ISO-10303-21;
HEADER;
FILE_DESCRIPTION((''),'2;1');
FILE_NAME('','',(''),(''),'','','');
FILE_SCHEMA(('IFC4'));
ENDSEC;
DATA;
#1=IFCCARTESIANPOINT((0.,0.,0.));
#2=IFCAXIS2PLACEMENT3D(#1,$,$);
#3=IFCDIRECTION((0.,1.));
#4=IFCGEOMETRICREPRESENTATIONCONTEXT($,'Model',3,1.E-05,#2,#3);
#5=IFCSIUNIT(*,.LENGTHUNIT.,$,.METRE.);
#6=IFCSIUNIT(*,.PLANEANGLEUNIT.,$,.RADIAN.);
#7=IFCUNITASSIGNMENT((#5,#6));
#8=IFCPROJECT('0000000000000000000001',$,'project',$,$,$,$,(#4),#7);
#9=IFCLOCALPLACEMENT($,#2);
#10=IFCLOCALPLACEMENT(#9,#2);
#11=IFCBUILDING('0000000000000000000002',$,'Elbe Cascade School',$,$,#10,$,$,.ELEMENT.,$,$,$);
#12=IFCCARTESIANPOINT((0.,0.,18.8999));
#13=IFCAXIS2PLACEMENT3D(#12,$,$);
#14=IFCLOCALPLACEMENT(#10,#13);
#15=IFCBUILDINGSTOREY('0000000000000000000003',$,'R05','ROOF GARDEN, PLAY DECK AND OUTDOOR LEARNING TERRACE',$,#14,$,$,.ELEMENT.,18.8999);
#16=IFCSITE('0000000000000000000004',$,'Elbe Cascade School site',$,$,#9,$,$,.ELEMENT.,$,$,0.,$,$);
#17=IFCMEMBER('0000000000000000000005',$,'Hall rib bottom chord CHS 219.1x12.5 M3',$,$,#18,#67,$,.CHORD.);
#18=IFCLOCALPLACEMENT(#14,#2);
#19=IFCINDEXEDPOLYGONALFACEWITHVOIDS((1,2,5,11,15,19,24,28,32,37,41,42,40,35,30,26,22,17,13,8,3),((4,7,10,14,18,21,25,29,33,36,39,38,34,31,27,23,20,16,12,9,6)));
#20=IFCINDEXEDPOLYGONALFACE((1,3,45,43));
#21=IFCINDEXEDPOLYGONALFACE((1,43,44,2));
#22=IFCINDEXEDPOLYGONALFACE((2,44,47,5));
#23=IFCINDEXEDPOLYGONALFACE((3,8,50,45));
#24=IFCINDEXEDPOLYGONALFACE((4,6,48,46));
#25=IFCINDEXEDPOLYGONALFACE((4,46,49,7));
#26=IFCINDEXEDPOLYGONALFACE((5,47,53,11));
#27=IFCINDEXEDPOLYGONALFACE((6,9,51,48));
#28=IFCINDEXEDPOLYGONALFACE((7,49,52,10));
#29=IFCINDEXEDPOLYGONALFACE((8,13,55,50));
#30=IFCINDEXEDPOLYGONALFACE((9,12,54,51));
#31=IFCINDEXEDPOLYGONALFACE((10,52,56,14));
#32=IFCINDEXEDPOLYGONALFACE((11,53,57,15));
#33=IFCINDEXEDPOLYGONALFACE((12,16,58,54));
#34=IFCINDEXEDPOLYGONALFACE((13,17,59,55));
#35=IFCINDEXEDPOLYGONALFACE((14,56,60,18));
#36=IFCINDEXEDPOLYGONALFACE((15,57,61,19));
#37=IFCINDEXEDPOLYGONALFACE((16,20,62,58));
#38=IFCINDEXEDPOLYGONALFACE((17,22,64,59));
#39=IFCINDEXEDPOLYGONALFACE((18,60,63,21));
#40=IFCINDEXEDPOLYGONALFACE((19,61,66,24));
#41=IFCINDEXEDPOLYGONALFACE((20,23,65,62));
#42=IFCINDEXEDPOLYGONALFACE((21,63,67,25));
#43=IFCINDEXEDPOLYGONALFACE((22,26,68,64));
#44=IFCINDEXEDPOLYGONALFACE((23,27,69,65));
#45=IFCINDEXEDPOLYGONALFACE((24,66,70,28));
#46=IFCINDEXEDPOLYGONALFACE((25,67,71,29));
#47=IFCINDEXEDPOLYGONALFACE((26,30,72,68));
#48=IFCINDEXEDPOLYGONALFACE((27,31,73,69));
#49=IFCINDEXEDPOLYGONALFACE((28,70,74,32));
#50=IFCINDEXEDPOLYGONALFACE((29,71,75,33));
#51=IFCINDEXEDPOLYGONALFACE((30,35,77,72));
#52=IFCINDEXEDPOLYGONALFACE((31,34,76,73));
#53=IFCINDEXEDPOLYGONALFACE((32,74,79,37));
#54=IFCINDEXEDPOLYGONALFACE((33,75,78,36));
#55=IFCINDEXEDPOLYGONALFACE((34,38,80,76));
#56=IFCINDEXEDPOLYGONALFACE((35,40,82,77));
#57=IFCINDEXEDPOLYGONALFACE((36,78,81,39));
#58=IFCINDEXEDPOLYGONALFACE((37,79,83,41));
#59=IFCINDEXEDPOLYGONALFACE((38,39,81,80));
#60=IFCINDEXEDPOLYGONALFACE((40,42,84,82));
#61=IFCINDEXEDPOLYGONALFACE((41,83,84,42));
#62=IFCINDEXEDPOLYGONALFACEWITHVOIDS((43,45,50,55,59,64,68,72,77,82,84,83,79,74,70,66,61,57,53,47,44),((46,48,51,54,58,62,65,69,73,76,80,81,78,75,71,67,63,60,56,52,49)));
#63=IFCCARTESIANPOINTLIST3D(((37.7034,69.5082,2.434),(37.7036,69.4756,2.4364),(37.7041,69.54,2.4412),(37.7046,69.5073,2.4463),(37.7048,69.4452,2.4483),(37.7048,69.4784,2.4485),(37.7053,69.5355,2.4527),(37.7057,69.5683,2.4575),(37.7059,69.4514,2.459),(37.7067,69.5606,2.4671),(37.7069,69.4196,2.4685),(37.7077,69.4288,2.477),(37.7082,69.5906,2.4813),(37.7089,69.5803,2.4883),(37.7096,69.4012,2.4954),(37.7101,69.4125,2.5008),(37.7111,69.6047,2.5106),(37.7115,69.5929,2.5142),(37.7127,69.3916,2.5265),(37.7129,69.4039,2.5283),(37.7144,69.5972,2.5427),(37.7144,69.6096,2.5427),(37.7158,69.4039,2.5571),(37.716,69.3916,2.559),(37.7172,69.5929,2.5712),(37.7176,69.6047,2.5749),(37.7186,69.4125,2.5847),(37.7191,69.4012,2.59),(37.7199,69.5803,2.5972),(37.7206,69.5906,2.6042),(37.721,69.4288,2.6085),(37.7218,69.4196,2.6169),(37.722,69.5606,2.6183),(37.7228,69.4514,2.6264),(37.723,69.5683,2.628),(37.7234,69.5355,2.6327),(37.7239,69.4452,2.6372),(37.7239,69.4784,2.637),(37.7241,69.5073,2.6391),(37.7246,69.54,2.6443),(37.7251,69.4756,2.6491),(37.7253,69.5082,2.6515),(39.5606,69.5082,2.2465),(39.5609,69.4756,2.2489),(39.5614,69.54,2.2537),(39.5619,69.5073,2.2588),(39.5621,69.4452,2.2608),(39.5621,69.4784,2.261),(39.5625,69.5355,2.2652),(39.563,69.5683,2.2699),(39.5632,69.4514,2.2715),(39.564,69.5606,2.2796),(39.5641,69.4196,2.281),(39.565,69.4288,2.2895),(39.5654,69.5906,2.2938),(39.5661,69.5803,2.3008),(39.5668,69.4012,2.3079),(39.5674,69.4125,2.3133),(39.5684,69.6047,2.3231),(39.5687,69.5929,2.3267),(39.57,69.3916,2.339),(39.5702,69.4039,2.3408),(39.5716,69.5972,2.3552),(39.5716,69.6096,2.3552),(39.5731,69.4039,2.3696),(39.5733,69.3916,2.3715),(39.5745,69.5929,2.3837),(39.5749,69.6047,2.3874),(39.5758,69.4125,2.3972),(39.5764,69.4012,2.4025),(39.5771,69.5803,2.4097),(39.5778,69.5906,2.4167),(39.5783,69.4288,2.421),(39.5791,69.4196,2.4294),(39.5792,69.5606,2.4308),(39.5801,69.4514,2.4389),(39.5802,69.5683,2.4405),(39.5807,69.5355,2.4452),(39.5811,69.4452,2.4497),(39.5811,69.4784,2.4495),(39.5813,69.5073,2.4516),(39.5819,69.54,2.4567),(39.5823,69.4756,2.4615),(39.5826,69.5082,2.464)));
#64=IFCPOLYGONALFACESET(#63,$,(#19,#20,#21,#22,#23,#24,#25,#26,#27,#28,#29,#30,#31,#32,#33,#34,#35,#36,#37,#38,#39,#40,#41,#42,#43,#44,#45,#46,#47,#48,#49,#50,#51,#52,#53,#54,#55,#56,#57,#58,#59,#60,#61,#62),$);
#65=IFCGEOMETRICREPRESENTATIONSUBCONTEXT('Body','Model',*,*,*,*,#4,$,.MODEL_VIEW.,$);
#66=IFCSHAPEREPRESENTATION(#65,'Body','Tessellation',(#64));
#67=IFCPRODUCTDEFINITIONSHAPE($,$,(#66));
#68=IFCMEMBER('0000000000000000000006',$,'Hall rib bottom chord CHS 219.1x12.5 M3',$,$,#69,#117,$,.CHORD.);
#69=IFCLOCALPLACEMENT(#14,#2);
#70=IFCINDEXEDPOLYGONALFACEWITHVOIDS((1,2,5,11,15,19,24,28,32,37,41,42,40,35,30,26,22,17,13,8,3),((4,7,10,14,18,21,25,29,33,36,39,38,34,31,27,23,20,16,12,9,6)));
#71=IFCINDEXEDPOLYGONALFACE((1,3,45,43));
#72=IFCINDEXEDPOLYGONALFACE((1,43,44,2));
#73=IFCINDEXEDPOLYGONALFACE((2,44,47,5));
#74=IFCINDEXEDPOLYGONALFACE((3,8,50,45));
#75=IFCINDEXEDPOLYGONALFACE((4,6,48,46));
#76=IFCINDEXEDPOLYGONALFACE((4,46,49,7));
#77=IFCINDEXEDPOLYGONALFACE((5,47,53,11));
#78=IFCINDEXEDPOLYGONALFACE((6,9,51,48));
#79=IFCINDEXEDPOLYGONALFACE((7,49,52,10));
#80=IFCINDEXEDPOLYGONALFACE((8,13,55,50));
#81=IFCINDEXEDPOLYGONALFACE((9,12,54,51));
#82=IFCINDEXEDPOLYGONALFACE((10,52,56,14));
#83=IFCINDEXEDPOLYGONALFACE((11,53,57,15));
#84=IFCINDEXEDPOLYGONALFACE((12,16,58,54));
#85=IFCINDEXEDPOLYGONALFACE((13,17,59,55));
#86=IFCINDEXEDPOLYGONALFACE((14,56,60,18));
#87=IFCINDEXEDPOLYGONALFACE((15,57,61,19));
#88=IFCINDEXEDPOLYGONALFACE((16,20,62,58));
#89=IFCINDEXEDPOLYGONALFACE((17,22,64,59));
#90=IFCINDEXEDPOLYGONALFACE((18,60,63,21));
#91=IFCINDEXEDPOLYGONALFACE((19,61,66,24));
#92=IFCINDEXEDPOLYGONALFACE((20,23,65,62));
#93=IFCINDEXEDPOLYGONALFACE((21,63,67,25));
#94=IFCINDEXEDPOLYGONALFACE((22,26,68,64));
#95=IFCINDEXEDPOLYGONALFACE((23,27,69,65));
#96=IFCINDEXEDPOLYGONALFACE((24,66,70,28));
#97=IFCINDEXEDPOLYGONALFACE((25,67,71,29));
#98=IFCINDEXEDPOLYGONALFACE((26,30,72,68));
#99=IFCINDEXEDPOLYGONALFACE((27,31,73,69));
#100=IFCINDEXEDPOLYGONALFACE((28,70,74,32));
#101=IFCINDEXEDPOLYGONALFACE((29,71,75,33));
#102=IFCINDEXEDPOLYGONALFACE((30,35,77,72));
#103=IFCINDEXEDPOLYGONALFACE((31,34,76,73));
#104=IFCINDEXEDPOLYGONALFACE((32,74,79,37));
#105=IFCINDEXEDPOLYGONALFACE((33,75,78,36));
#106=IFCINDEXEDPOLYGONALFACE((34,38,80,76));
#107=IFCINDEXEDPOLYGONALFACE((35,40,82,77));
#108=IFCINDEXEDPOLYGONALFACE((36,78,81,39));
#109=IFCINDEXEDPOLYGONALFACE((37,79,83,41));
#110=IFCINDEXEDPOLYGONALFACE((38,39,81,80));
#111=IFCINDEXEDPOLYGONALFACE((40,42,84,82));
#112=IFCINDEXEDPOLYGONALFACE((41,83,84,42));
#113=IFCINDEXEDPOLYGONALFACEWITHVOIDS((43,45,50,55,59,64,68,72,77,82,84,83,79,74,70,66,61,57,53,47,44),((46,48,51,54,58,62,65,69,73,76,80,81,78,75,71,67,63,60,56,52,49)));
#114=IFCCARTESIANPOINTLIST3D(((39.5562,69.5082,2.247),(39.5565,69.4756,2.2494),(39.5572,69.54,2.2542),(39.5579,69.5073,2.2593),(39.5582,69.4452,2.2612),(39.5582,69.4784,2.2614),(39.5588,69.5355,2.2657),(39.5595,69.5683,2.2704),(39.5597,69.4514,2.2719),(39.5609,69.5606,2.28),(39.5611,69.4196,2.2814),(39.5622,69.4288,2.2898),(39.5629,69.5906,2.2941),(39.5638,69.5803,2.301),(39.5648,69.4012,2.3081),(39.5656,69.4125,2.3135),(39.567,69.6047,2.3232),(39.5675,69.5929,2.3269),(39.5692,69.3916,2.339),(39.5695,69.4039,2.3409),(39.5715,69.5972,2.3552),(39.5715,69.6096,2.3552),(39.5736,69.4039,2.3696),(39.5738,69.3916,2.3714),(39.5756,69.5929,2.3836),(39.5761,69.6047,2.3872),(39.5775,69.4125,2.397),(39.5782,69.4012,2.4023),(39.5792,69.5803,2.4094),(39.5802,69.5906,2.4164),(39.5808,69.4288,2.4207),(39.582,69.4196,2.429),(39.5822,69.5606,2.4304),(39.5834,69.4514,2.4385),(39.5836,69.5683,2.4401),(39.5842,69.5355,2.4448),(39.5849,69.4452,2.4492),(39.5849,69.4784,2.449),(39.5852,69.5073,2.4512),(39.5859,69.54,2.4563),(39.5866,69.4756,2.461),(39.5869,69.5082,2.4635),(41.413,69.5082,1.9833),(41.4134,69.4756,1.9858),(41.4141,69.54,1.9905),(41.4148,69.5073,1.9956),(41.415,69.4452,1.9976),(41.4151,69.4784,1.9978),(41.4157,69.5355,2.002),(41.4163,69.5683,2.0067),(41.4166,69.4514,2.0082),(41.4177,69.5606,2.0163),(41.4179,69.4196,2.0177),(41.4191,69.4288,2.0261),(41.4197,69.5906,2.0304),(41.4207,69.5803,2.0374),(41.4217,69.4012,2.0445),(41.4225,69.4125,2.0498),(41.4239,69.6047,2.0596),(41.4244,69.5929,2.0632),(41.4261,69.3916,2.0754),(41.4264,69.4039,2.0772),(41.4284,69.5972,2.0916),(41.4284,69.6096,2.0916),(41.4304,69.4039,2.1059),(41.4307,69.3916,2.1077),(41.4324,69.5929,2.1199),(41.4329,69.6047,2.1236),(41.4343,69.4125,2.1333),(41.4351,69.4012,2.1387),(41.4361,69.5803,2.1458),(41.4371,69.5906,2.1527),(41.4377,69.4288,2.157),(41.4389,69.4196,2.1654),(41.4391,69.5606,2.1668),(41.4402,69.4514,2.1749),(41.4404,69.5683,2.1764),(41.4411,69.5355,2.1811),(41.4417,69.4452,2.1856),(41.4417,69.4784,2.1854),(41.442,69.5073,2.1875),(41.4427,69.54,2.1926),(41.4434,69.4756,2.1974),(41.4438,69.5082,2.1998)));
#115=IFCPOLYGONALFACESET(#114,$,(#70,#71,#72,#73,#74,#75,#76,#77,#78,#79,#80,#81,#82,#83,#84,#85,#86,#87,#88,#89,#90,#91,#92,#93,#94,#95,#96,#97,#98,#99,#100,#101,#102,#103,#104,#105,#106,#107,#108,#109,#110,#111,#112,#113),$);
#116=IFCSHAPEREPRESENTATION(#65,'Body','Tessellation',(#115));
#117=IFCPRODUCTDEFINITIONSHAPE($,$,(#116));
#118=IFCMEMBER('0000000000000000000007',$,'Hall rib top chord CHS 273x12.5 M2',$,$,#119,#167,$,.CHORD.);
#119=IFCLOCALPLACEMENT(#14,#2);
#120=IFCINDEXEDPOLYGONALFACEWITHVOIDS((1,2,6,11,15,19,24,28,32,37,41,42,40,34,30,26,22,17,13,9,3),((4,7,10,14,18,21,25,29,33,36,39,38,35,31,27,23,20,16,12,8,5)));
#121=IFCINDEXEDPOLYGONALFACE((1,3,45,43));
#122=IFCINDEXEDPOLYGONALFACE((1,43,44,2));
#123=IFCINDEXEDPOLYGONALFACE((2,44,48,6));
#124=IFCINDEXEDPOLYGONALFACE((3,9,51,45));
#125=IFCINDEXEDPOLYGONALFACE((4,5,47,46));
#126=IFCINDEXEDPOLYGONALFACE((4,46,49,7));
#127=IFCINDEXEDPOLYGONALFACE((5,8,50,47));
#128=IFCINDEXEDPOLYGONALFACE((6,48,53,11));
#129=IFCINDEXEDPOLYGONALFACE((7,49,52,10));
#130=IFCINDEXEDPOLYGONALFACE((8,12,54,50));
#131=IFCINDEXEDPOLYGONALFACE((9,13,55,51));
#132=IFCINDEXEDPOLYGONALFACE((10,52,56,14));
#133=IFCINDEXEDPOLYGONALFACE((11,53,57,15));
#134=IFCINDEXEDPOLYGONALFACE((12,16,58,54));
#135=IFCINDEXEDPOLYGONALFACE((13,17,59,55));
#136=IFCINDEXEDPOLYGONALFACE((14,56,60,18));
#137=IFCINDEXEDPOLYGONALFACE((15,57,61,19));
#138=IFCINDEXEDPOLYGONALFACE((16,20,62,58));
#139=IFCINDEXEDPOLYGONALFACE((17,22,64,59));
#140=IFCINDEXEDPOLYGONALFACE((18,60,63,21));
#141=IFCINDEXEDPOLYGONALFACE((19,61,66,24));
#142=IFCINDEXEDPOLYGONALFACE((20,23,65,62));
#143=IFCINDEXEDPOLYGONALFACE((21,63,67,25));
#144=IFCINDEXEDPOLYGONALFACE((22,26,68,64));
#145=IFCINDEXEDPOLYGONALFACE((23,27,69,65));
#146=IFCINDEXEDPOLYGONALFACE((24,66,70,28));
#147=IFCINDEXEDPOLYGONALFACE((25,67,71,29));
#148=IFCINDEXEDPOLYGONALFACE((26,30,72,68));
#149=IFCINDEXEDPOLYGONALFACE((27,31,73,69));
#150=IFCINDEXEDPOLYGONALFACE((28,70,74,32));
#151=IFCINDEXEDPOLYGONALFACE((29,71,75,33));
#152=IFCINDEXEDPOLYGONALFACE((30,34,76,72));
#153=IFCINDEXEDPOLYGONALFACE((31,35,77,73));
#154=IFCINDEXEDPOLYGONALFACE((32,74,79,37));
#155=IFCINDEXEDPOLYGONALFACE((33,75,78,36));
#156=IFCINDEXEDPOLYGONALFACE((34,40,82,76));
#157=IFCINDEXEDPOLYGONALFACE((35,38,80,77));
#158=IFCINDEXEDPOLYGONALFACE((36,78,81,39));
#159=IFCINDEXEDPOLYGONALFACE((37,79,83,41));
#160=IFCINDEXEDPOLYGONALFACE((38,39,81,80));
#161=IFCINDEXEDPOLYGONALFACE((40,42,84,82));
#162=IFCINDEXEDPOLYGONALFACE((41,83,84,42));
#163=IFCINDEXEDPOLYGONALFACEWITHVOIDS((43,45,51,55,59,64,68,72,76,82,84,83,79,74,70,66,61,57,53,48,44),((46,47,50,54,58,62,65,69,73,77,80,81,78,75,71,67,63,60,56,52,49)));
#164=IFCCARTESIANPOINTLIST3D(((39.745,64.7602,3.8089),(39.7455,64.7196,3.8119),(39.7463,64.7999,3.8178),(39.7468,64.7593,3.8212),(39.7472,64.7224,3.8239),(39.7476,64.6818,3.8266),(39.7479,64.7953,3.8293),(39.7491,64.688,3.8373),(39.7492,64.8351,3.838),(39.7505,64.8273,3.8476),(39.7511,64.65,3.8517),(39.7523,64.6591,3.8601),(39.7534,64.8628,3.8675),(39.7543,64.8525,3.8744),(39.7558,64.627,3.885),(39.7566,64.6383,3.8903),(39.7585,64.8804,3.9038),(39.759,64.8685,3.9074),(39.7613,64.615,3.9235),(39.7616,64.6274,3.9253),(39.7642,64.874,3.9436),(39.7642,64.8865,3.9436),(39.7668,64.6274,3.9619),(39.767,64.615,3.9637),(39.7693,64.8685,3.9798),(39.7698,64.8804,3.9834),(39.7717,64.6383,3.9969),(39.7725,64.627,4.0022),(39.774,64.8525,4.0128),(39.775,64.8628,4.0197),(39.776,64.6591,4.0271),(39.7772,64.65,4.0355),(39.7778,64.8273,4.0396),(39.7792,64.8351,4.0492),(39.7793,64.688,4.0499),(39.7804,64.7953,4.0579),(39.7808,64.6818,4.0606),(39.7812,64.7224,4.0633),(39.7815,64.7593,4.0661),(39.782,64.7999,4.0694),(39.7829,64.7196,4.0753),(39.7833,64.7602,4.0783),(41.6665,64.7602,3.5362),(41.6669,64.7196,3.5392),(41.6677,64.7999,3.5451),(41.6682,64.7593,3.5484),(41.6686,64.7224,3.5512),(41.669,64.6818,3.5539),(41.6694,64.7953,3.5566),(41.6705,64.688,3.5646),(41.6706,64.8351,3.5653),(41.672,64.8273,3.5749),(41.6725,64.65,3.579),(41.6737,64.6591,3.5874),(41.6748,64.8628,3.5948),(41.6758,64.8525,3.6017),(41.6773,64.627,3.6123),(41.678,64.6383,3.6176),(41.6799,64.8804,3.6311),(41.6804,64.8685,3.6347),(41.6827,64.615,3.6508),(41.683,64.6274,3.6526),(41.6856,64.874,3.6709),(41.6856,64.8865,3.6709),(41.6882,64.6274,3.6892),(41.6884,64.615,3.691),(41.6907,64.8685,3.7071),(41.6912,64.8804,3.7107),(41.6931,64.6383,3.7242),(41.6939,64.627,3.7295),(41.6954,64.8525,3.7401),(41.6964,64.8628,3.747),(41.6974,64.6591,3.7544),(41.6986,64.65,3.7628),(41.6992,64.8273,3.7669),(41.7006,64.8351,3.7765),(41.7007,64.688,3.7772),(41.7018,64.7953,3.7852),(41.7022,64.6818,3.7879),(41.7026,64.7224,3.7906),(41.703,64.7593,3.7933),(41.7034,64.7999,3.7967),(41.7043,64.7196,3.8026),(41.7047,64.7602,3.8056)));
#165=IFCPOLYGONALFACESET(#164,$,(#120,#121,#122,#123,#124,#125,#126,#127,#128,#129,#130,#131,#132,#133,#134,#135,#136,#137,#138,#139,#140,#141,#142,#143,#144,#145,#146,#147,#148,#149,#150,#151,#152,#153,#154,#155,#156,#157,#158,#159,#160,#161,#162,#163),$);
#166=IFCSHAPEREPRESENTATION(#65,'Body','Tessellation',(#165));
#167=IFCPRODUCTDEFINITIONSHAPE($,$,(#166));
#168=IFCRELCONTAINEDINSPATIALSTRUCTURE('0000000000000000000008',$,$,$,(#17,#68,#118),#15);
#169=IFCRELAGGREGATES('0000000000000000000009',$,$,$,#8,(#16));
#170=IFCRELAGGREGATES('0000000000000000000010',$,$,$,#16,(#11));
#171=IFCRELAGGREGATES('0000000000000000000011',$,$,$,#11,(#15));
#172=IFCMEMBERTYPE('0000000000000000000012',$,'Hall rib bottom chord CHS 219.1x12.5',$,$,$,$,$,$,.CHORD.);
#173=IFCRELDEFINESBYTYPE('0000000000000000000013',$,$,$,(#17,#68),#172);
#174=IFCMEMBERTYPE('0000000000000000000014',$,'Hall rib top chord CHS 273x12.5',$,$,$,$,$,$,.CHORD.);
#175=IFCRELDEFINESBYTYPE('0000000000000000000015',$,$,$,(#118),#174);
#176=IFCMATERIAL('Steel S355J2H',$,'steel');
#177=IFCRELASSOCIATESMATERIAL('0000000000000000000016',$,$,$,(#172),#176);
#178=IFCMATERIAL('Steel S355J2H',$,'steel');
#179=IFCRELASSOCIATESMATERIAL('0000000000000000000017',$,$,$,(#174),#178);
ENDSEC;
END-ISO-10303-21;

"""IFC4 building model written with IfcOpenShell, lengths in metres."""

from ifc_helpers import new_model, si_unit, direction, frame, origin, origin_2d, place, context, subcontext, project, spatial, hollow_circle, extrude, material, material_profile, profile_set, type_object, element, save


model = new_model("IFC4")

# Units and contexts
model_context = context("Model", 3, precision=1e-05, world=origin(), true_north=direction((0.0, 1.0)))
body_context = subcontext(model_context, "Body", "Model", "MODEL_VIEW")
ifc_project = project(units=[si_unit("LENGTHUNIT", "METRE"), si_unit("PLANEANGLEUNIT", "RADIAN")], contexts=[model_context])

# Site, building, storey
site_placement = place(None, origin())
site = spatial("IfcSite", under=ifc_project, at=site_placement, Name="Elbe Cascade School site", CompositionType="ELEMENT", RefElevation=0.0)
building_placement = place(site_placement, origin())
building = spatial("IfcBuilding", under=site, at=building_placement, Name="Elbe Cascade School", CompositionType="ELEMENT")
storey_placement = place(building_placement, frame((0.0, 0.0, 18.8999)))
storey = spatial("IfcBuildingStorey", under=building, at=storey_placement, Name="R05", Description="ROOF GARDEN, PLAY DECK AND OUTDOOR LEARNING TERRACE", CompositionType="ELEMENT", Elevation=18.8999)

# Members
ifc_material_1 = material(Name="Steel S355J2H", Category="steel")
ifc_material_profile_1 = material_profile(ifc_material_1, hollow_circle(Radius=0.1096, WallThickness=0.0125, at=origin_2d()), Name="CHS 219.1x12.5")
ifc_profile_set_1 = profile_set([ifc_material_profile_1], Name="Steel S355J2H")
member_type_1 = type_object("IfcMemberType", Name="Hall rib bottom chord CHS 219.1x12.5", PredefinedType="CHORD", material=ifc_profile_set_1)
member_1_placement = place(storey_placement, frame((37.7144, 69.5, 2.5427), z_axis=(0.994942, 0.0, -0.100449), x_axis=(0.0, 1.0, 0.0)))
element("IfcMember", 1, at=member_1_placement, inside=storey, type_object=member_type_1, Name="Hall rib bottom chord CHS 219.1x12.5 M3", PredefinedType="CHORD", context=body_context, shape_type="SweptSolid", body=[
    extrude(hollow_circle(Radius=0.1096, WallThickness=0.0125, at=origin_2d()), origin(), (0.0, 0.0, 1.0), 1.8667),
])
member_2_placement = place(storey_placement, frame((39.5715, 69.5, 2.3552), z_axis=(0.990069, 0.0, -0.140583), x_axis=(0.0, 1.0, 0.0)))
element("IfcMember", 2, at=member_2_placement, inside=storey, type_object=member_type_1, Name="Hall rib bottom chord CHS 219.1x12.5 M3", PredefinedType="CHORD", context=body_context, shape_type="SweptSolid", body=[
    extrude(hollow_circle(Radius=0.1096, WallThickness=0.0125, at=origin_2d()), origin(), (0.0, 0.0, 1.0), 1.8755),
])
ifc_material_2 = material(Name="Steel S355J2H", Category="steel")
ifc_material_profile_2 = material_profile(ifc_material_2, hollow_circle(Radius=0.1365, WallThickness=0.0125, at=origin_2d()), Name="CHS 273x12.5")
ifc_profile_set_2 = profile_set([ifc_material_profile_2], Name="Steel S355J2H")
member_type_2 = type_object("IfcMemberType", Name="Hall rib top chord CHS 273x12.5", PredefinedType="CHORD", material=ifc_profile_set_2)
member_3_placement = place(storey_placement, frame((39.7642, 64.75, 3.9436), z_axis=(0.990077, 0.0, -0.140523), x_axis=(0.0, 1.0, 0.0)))
element("IfcMember", 3, at=member_3_placement, inside=storey, type_object=member_type_2, Name="Hall rib top chord CHS 273x12.5 M2", PredefinedType="CHORD", context=body_context, shape_type="SweptSolid", body=[
    extrude(hollow_circle(Radius=0.1365, WallThickness=0.0125, at=origin_2d()), origin(), (0.0, 0.0, 1.0), 1.9407),
])

save(model, "model.ifc")
